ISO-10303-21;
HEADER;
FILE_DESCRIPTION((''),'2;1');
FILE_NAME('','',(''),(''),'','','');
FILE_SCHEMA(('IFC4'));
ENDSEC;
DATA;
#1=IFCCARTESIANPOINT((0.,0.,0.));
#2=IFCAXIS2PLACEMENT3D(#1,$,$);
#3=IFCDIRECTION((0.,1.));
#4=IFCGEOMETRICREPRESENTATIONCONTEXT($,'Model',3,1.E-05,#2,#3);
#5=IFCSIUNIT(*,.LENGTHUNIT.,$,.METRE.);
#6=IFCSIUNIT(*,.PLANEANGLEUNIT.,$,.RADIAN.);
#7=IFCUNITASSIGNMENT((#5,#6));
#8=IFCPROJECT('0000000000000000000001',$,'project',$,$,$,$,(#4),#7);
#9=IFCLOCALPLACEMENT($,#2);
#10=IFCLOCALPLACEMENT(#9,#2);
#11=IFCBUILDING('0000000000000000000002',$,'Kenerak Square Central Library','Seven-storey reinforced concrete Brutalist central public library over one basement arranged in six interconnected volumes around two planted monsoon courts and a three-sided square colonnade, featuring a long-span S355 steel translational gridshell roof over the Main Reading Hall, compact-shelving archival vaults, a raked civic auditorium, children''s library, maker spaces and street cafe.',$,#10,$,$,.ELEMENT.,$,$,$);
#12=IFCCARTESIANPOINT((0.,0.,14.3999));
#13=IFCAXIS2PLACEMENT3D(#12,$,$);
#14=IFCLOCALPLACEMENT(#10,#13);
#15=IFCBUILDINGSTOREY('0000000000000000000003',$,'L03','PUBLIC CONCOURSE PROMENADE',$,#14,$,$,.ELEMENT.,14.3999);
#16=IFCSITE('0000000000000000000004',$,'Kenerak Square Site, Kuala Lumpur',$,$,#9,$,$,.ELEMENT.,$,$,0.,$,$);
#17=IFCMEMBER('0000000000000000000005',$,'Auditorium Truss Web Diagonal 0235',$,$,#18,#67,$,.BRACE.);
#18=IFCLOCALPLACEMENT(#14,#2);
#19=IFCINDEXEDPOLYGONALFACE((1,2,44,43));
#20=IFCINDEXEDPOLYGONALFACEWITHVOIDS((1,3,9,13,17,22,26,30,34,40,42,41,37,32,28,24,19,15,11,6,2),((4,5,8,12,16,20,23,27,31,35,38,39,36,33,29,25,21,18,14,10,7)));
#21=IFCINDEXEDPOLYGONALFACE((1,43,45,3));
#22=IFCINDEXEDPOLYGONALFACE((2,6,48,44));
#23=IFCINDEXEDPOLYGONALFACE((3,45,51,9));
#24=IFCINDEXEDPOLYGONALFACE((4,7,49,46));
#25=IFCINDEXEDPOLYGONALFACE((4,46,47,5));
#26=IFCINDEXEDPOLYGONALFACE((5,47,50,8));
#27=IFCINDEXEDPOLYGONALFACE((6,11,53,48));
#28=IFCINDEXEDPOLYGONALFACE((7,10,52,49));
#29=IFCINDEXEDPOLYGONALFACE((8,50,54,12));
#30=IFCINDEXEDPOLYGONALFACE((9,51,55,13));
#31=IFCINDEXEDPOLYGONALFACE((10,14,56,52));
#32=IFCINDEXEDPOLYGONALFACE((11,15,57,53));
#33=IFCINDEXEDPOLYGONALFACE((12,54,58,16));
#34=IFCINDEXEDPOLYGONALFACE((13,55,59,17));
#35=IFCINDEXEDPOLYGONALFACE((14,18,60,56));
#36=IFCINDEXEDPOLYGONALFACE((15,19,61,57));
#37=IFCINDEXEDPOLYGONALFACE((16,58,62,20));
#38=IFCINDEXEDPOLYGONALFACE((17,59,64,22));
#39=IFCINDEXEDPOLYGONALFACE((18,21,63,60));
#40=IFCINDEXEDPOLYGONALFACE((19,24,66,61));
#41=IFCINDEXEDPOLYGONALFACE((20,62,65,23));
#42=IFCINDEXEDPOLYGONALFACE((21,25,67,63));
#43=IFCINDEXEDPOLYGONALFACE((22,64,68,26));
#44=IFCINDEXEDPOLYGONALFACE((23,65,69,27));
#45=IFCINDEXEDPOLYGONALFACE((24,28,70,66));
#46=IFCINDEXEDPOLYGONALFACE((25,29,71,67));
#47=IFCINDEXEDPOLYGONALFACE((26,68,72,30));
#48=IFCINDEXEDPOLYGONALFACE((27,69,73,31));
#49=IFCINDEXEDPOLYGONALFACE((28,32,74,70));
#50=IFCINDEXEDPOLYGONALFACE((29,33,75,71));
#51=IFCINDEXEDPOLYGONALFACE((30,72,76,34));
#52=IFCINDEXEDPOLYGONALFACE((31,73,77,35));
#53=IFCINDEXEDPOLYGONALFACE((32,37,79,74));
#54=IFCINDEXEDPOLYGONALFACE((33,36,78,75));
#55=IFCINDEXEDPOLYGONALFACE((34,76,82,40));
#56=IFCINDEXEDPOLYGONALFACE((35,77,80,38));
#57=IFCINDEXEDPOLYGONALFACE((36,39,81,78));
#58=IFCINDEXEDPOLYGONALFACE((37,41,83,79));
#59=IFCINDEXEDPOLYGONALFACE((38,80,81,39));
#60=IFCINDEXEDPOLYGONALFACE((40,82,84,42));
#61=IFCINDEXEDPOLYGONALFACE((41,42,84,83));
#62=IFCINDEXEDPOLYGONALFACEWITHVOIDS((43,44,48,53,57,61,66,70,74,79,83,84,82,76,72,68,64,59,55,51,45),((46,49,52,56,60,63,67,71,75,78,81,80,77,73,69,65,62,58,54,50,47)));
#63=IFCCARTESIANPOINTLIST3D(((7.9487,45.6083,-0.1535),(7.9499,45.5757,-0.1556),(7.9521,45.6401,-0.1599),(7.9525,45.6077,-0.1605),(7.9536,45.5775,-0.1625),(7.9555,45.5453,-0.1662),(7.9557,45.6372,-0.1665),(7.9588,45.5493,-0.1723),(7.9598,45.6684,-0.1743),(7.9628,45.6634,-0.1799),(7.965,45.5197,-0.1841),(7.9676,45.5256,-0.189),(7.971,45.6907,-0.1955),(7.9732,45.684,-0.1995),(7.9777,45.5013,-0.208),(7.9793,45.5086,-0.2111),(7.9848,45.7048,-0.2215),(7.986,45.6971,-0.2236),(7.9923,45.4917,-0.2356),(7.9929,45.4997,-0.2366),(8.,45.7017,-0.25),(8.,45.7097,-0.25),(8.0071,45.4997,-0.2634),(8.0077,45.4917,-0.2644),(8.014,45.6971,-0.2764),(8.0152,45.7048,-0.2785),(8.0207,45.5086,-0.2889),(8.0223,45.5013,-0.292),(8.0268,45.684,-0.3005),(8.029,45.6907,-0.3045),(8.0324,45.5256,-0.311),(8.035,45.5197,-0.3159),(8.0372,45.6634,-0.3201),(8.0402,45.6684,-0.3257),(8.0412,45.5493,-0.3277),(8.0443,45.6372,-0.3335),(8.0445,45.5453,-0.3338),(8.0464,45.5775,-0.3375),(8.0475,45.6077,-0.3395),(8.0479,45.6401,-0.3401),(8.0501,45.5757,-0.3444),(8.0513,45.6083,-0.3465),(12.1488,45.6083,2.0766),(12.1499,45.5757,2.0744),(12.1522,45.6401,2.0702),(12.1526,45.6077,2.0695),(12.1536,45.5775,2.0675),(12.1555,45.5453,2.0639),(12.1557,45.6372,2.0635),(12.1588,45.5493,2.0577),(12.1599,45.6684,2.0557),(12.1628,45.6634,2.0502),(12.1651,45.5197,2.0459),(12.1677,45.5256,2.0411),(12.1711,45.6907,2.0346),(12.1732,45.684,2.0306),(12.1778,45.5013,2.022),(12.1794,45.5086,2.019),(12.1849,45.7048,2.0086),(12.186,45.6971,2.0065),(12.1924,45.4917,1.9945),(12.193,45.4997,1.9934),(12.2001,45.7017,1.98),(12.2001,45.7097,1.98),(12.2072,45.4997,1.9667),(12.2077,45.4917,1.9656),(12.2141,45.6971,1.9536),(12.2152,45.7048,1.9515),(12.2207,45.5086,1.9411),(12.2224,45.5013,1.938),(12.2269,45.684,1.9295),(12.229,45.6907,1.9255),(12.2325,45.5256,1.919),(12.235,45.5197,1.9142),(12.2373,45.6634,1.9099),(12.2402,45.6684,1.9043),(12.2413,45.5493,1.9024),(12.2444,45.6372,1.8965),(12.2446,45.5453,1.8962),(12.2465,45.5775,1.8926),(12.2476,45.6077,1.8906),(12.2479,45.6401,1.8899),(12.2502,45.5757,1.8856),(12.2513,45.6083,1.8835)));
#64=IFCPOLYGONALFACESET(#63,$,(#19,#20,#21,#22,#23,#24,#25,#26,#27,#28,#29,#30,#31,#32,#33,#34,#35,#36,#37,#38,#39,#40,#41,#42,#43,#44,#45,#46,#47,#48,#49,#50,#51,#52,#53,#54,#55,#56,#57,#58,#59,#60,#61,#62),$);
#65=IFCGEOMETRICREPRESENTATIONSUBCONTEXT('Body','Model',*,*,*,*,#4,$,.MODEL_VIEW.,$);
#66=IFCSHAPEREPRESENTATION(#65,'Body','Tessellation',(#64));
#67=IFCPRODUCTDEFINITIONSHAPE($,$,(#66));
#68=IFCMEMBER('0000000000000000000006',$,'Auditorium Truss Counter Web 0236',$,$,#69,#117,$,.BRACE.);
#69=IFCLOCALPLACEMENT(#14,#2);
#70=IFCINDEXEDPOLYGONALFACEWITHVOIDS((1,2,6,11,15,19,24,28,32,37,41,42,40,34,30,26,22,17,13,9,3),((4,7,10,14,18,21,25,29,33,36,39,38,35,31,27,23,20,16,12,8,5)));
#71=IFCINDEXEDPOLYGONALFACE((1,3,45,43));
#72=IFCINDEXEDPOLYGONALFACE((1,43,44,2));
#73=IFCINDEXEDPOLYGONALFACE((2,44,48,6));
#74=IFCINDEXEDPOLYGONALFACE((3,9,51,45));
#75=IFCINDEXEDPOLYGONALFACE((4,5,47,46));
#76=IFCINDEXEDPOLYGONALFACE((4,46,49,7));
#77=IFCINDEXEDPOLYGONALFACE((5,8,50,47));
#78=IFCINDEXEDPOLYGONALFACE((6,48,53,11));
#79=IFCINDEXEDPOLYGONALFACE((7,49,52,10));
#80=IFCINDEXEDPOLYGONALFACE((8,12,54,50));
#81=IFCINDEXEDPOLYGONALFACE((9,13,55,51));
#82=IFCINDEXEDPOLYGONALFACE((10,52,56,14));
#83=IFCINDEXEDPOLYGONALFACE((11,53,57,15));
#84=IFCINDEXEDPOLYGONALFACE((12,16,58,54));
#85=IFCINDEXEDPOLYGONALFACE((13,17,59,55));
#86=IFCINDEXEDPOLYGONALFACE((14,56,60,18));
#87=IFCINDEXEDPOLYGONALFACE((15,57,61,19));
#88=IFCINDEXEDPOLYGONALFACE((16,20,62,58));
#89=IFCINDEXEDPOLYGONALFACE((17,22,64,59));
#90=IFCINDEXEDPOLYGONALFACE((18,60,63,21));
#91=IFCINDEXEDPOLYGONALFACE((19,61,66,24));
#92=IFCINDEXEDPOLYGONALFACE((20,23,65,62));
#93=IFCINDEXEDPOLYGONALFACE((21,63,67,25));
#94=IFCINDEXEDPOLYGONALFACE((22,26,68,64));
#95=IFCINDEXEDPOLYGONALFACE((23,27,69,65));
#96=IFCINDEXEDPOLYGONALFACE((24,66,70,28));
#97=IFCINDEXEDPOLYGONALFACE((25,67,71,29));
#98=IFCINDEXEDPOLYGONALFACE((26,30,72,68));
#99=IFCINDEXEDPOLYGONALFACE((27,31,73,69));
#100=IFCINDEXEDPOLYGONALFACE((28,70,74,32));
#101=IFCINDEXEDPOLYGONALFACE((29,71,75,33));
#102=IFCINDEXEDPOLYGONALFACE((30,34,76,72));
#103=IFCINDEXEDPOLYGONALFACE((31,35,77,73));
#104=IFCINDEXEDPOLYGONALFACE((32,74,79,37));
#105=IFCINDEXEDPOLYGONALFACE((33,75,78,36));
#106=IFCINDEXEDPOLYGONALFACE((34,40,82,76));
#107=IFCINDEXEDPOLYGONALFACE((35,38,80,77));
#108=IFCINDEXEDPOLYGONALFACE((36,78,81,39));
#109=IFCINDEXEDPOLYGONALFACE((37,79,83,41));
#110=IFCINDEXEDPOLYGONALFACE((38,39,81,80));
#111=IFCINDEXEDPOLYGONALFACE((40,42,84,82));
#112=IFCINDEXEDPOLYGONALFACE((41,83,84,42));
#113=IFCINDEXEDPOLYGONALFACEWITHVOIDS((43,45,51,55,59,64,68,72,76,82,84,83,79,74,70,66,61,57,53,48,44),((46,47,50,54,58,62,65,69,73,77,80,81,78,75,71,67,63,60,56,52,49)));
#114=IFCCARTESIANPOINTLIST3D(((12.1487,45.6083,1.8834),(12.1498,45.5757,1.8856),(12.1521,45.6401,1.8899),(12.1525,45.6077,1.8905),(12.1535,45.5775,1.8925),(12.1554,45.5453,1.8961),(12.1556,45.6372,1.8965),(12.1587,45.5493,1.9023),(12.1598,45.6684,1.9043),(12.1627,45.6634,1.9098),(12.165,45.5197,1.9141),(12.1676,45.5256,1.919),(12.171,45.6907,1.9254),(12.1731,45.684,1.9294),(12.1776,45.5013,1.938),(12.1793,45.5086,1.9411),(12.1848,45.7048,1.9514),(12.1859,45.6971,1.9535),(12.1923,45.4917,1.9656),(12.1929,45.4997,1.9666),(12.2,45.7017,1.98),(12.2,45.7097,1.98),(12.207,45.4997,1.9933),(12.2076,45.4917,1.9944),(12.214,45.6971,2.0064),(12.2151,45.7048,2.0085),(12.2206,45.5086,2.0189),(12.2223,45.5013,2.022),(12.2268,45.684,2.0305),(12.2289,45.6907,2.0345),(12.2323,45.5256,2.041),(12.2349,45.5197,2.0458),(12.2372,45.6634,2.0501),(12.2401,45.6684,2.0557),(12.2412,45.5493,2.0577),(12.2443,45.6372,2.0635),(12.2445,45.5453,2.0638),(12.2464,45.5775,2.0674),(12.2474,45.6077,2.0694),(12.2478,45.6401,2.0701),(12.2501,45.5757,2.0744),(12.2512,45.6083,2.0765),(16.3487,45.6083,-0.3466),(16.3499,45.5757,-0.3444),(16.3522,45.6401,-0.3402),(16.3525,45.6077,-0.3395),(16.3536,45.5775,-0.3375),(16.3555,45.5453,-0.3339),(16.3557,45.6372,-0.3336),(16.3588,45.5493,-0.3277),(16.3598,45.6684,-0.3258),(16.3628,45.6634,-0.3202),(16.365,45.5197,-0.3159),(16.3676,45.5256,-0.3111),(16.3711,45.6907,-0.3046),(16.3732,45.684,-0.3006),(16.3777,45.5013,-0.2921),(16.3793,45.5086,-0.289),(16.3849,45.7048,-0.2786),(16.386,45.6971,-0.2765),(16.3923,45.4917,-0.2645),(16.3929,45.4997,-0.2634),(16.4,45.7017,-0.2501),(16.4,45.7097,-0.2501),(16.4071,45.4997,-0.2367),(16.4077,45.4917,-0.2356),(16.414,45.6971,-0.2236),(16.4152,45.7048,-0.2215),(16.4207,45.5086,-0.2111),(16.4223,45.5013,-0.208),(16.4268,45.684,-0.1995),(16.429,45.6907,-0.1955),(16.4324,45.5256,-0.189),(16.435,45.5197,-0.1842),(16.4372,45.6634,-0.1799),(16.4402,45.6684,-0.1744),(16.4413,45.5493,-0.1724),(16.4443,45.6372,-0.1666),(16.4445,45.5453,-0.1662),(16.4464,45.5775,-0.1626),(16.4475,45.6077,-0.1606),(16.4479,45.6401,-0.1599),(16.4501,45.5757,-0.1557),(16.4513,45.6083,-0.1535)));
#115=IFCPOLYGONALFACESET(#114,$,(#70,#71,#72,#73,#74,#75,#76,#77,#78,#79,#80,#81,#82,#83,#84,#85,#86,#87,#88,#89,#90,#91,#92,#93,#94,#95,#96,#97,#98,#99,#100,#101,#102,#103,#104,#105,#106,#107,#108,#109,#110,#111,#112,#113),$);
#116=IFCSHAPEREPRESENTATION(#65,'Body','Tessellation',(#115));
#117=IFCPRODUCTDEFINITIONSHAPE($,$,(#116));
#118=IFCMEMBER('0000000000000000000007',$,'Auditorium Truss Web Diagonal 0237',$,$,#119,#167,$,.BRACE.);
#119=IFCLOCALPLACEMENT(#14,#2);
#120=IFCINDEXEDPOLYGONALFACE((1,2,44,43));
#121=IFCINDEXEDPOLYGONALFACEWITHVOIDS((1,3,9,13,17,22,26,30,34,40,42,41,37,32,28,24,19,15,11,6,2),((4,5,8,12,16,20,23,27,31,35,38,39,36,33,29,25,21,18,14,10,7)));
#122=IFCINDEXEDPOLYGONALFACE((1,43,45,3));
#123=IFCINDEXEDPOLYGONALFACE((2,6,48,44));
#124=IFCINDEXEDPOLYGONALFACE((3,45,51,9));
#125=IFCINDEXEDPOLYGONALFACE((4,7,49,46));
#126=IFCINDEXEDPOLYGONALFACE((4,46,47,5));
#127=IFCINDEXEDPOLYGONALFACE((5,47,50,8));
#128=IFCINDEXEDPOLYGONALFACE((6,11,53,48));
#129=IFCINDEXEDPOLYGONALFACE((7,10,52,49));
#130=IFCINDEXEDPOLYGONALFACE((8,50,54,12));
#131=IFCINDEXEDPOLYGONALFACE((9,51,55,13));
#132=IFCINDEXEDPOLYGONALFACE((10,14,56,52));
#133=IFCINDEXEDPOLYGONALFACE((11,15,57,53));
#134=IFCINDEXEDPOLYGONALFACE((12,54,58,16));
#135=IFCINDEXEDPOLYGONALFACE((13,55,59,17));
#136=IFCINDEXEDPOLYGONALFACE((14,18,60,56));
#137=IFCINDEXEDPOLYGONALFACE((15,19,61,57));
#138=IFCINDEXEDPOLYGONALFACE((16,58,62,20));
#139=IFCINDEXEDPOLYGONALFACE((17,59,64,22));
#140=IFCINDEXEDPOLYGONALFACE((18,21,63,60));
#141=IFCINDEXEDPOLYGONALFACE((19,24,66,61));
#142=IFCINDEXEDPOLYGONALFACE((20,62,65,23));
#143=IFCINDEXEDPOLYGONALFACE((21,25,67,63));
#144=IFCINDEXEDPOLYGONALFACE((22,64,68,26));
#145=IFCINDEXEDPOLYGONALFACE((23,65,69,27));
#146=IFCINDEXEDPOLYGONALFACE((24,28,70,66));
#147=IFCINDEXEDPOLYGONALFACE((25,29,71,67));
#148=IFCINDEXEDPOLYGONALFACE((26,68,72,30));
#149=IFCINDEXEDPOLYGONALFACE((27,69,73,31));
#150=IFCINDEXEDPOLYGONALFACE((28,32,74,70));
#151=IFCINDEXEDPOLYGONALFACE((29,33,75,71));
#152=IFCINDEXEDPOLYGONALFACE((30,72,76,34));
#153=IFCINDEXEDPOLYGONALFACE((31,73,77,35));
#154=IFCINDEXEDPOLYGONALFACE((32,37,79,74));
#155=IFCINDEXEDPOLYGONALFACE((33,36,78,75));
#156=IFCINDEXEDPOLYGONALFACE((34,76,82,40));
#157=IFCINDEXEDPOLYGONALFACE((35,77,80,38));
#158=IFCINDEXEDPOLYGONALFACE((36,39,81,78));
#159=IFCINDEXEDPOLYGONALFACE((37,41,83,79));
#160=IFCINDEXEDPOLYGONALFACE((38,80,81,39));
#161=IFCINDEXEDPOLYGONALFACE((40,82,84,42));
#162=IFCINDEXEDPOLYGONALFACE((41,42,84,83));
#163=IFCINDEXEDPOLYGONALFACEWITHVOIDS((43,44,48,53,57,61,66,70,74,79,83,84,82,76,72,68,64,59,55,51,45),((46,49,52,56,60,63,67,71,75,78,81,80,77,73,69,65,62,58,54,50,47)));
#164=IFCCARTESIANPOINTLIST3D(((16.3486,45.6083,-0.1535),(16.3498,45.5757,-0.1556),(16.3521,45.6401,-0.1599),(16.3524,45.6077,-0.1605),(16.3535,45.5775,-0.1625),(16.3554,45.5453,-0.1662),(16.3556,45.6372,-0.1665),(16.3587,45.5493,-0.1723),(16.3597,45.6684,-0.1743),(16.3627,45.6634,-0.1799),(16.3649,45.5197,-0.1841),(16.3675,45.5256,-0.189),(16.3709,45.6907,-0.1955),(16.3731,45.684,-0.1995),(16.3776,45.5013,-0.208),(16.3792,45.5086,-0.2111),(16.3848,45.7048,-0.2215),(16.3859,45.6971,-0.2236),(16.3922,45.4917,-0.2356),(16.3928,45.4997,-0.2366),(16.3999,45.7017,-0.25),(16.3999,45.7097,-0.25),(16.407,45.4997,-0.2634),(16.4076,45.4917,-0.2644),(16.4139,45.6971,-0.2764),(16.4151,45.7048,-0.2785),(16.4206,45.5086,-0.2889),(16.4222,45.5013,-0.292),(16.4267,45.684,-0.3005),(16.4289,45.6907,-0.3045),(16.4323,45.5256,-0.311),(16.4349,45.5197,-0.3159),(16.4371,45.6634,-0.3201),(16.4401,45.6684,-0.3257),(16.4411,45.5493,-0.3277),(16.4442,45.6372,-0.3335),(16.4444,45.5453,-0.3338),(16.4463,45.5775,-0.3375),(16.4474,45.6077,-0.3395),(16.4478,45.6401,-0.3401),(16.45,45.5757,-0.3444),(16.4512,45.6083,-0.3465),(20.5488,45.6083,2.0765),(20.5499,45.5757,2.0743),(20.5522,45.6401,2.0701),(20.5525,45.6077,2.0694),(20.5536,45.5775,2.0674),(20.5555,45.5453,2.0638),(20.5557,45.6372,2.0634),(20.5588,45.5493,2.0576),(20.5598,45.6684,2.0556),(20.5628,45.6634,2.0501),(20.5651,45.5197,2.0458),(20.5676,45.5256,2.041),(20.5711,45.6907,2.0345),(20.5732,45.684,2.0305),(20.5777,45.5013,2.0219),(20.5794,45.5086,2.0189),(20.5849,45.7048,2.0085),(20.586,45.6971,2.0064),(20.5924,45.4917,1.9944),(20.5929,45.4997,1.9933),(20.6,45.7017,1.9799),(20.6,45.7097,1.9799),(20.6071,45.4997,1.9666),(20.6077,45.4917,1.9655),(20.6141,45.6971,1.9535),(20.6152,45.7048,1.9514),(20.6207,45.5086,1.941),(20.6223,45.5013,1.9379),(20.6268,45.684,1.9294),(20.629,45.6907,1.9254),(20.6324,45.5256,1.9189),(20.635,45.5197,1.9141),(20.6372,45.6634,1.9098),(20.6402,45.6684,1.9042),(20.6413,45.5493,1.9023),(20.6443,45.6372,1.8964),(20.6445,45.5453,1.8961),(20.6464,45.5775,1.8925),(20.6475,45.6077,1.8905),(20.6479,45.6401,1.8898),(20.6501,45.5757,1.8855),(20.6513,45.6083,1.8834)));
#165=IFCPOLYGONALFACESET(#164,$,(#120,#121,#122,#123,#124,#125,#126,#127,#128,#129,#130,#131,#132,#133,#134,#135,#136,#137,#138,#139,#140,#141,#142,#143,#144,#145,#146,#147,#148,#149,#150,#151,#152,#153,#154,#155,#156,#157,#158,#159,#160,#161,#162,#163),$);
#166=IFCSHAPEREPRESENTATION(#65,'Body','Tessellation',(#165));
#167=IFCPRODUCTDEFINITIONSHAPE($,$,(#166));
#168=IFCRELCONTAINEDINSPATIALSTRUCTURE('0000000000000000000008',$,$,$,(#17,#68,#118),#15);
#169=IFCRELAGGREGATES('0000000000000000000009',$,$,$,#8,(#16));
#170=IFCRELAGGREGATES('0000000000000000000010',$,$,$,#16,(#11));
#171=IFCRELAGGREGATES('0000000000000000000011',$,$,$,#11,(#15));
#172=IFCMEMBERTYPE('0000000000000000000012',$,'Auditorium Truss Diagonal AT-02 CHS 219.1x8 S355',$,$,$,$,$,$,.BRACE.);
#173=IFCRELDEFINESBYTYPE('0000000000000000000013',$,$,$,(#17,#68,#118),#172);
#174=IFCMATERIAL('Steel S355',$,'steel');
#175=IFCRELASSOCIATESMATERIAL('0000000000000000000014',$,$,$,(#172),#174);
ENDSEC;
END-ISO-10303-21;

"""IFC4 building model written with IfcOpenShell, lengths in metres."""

from ifc_helpers import new_model, si_unit, direction, frame, origin, origin_2d, place, context, subcontext, project, spatial, hollow_circle, extrude, material, material_profile, profile_set, type_object, element, save


model = new_model("IFC4")

# Units and contexts
model_context = context("Model", 3, precision=1e-05, world=origin(), true_north=direction((0.0, 1.0)))
body_context = subcontext(model_context, "Body", "Model", "MODEL_VIEW")
ifc_project = project(units=[si_unit("LENGTHUNIT", "METRE"), si_unit("PLANEANGLEUNIT", "RADIAN")], contexts=[model_context])

# Site, building, storey
site_placement = place(None, origin())
site = spatial("IfcSite", under=ifc_project, at=site_placement, Name="Kenerak Square Site, Kuala Lumpur", CompositionType="ELEMENT", RefElevation=0.0)
building_placement = place(site_placement, origin())
building = spatial("IfcBuilding", under=site, at=building_placement, Name="Kenerak Square Central Library", Description="Seven-storey reinforced concrete Brutalist central public library over one basement arranged in six interconnected volumes around two planted monsoon courts and a three-sided square colonnade, featuring a long-span S355 steel translational gridshell roof over the Main Reading Hall, compact-shelving archival vaults, a raked civic auditorium, children's library, maker spaces and street cafe.", CompositionType="ELEMENT")
storey_placement = place(building_placement, frame((0.0, 0.0, 14.3999)))
storey = spatial("IfcBuildingStorey", under=building, at=storey_placement, Name="L03", Description="PUBLIC CONCOURSE PROMENADE", CompositionType="ELEMENT", Elevation=14.3999)

# Shared definitions
ifc_material_1 = material(Name="Steel S355", Category="steel")

# Members
ifc_material_profile_1 = material_profile(ifc_material_1, hollow_circle(Radius=0.1096, WallThickness=0.0081, at=origin_2d()), Name="CHS 219.1x8.0")
ifc_profile_set_1 = profile_set([ifc_material_profile_1], Name="Steel S355")
member_type_1 = type_object("IfcMemberType", Name="Auditorium Truss Diagonal AT-02 CHS 219.1x8 S355", PredefinedType="BRACE", material=ifc_profile_set_1)
for number, where, z_axis, x_axis, name in (
    (1, (8.0, 45.6001, -0.25), (0.883224, 0.0, 0.468951), (0.0, 1.0, 0.0), "Auditorium Truss Web Diagonal 0235"),
    (2, (12.2, 45.6001, 1.98), (0.883224, 0.0, -0.468951), (0.0, 1.0, 0.0), "Auditorium Truss Counter Web 0236"),
    (3, (16.3999, 45.6001, -0.25), (0.883235, 0.0, 0.46893), (0.0, 1.0, 0.0), "Auditorium Truss Web Diagonal 0237"),
):
    element("IfcMember", number, at=place(storey_placement, frame(where, z_axis=z_axis, x_axis=x_axis)), inside=storey, type_object=member_type_1, Name=name, PredefinedType="BRACE", context=body_context, shape_type="SweptSolid", body=[
        extrude(hollow_circle(Radius=0.1096, WallThickness=0.0081, at=origin_2d()), origin(), (0.0, 0.0, 1.0), 4.7554),
    ])

save(model, "model.ifc")
